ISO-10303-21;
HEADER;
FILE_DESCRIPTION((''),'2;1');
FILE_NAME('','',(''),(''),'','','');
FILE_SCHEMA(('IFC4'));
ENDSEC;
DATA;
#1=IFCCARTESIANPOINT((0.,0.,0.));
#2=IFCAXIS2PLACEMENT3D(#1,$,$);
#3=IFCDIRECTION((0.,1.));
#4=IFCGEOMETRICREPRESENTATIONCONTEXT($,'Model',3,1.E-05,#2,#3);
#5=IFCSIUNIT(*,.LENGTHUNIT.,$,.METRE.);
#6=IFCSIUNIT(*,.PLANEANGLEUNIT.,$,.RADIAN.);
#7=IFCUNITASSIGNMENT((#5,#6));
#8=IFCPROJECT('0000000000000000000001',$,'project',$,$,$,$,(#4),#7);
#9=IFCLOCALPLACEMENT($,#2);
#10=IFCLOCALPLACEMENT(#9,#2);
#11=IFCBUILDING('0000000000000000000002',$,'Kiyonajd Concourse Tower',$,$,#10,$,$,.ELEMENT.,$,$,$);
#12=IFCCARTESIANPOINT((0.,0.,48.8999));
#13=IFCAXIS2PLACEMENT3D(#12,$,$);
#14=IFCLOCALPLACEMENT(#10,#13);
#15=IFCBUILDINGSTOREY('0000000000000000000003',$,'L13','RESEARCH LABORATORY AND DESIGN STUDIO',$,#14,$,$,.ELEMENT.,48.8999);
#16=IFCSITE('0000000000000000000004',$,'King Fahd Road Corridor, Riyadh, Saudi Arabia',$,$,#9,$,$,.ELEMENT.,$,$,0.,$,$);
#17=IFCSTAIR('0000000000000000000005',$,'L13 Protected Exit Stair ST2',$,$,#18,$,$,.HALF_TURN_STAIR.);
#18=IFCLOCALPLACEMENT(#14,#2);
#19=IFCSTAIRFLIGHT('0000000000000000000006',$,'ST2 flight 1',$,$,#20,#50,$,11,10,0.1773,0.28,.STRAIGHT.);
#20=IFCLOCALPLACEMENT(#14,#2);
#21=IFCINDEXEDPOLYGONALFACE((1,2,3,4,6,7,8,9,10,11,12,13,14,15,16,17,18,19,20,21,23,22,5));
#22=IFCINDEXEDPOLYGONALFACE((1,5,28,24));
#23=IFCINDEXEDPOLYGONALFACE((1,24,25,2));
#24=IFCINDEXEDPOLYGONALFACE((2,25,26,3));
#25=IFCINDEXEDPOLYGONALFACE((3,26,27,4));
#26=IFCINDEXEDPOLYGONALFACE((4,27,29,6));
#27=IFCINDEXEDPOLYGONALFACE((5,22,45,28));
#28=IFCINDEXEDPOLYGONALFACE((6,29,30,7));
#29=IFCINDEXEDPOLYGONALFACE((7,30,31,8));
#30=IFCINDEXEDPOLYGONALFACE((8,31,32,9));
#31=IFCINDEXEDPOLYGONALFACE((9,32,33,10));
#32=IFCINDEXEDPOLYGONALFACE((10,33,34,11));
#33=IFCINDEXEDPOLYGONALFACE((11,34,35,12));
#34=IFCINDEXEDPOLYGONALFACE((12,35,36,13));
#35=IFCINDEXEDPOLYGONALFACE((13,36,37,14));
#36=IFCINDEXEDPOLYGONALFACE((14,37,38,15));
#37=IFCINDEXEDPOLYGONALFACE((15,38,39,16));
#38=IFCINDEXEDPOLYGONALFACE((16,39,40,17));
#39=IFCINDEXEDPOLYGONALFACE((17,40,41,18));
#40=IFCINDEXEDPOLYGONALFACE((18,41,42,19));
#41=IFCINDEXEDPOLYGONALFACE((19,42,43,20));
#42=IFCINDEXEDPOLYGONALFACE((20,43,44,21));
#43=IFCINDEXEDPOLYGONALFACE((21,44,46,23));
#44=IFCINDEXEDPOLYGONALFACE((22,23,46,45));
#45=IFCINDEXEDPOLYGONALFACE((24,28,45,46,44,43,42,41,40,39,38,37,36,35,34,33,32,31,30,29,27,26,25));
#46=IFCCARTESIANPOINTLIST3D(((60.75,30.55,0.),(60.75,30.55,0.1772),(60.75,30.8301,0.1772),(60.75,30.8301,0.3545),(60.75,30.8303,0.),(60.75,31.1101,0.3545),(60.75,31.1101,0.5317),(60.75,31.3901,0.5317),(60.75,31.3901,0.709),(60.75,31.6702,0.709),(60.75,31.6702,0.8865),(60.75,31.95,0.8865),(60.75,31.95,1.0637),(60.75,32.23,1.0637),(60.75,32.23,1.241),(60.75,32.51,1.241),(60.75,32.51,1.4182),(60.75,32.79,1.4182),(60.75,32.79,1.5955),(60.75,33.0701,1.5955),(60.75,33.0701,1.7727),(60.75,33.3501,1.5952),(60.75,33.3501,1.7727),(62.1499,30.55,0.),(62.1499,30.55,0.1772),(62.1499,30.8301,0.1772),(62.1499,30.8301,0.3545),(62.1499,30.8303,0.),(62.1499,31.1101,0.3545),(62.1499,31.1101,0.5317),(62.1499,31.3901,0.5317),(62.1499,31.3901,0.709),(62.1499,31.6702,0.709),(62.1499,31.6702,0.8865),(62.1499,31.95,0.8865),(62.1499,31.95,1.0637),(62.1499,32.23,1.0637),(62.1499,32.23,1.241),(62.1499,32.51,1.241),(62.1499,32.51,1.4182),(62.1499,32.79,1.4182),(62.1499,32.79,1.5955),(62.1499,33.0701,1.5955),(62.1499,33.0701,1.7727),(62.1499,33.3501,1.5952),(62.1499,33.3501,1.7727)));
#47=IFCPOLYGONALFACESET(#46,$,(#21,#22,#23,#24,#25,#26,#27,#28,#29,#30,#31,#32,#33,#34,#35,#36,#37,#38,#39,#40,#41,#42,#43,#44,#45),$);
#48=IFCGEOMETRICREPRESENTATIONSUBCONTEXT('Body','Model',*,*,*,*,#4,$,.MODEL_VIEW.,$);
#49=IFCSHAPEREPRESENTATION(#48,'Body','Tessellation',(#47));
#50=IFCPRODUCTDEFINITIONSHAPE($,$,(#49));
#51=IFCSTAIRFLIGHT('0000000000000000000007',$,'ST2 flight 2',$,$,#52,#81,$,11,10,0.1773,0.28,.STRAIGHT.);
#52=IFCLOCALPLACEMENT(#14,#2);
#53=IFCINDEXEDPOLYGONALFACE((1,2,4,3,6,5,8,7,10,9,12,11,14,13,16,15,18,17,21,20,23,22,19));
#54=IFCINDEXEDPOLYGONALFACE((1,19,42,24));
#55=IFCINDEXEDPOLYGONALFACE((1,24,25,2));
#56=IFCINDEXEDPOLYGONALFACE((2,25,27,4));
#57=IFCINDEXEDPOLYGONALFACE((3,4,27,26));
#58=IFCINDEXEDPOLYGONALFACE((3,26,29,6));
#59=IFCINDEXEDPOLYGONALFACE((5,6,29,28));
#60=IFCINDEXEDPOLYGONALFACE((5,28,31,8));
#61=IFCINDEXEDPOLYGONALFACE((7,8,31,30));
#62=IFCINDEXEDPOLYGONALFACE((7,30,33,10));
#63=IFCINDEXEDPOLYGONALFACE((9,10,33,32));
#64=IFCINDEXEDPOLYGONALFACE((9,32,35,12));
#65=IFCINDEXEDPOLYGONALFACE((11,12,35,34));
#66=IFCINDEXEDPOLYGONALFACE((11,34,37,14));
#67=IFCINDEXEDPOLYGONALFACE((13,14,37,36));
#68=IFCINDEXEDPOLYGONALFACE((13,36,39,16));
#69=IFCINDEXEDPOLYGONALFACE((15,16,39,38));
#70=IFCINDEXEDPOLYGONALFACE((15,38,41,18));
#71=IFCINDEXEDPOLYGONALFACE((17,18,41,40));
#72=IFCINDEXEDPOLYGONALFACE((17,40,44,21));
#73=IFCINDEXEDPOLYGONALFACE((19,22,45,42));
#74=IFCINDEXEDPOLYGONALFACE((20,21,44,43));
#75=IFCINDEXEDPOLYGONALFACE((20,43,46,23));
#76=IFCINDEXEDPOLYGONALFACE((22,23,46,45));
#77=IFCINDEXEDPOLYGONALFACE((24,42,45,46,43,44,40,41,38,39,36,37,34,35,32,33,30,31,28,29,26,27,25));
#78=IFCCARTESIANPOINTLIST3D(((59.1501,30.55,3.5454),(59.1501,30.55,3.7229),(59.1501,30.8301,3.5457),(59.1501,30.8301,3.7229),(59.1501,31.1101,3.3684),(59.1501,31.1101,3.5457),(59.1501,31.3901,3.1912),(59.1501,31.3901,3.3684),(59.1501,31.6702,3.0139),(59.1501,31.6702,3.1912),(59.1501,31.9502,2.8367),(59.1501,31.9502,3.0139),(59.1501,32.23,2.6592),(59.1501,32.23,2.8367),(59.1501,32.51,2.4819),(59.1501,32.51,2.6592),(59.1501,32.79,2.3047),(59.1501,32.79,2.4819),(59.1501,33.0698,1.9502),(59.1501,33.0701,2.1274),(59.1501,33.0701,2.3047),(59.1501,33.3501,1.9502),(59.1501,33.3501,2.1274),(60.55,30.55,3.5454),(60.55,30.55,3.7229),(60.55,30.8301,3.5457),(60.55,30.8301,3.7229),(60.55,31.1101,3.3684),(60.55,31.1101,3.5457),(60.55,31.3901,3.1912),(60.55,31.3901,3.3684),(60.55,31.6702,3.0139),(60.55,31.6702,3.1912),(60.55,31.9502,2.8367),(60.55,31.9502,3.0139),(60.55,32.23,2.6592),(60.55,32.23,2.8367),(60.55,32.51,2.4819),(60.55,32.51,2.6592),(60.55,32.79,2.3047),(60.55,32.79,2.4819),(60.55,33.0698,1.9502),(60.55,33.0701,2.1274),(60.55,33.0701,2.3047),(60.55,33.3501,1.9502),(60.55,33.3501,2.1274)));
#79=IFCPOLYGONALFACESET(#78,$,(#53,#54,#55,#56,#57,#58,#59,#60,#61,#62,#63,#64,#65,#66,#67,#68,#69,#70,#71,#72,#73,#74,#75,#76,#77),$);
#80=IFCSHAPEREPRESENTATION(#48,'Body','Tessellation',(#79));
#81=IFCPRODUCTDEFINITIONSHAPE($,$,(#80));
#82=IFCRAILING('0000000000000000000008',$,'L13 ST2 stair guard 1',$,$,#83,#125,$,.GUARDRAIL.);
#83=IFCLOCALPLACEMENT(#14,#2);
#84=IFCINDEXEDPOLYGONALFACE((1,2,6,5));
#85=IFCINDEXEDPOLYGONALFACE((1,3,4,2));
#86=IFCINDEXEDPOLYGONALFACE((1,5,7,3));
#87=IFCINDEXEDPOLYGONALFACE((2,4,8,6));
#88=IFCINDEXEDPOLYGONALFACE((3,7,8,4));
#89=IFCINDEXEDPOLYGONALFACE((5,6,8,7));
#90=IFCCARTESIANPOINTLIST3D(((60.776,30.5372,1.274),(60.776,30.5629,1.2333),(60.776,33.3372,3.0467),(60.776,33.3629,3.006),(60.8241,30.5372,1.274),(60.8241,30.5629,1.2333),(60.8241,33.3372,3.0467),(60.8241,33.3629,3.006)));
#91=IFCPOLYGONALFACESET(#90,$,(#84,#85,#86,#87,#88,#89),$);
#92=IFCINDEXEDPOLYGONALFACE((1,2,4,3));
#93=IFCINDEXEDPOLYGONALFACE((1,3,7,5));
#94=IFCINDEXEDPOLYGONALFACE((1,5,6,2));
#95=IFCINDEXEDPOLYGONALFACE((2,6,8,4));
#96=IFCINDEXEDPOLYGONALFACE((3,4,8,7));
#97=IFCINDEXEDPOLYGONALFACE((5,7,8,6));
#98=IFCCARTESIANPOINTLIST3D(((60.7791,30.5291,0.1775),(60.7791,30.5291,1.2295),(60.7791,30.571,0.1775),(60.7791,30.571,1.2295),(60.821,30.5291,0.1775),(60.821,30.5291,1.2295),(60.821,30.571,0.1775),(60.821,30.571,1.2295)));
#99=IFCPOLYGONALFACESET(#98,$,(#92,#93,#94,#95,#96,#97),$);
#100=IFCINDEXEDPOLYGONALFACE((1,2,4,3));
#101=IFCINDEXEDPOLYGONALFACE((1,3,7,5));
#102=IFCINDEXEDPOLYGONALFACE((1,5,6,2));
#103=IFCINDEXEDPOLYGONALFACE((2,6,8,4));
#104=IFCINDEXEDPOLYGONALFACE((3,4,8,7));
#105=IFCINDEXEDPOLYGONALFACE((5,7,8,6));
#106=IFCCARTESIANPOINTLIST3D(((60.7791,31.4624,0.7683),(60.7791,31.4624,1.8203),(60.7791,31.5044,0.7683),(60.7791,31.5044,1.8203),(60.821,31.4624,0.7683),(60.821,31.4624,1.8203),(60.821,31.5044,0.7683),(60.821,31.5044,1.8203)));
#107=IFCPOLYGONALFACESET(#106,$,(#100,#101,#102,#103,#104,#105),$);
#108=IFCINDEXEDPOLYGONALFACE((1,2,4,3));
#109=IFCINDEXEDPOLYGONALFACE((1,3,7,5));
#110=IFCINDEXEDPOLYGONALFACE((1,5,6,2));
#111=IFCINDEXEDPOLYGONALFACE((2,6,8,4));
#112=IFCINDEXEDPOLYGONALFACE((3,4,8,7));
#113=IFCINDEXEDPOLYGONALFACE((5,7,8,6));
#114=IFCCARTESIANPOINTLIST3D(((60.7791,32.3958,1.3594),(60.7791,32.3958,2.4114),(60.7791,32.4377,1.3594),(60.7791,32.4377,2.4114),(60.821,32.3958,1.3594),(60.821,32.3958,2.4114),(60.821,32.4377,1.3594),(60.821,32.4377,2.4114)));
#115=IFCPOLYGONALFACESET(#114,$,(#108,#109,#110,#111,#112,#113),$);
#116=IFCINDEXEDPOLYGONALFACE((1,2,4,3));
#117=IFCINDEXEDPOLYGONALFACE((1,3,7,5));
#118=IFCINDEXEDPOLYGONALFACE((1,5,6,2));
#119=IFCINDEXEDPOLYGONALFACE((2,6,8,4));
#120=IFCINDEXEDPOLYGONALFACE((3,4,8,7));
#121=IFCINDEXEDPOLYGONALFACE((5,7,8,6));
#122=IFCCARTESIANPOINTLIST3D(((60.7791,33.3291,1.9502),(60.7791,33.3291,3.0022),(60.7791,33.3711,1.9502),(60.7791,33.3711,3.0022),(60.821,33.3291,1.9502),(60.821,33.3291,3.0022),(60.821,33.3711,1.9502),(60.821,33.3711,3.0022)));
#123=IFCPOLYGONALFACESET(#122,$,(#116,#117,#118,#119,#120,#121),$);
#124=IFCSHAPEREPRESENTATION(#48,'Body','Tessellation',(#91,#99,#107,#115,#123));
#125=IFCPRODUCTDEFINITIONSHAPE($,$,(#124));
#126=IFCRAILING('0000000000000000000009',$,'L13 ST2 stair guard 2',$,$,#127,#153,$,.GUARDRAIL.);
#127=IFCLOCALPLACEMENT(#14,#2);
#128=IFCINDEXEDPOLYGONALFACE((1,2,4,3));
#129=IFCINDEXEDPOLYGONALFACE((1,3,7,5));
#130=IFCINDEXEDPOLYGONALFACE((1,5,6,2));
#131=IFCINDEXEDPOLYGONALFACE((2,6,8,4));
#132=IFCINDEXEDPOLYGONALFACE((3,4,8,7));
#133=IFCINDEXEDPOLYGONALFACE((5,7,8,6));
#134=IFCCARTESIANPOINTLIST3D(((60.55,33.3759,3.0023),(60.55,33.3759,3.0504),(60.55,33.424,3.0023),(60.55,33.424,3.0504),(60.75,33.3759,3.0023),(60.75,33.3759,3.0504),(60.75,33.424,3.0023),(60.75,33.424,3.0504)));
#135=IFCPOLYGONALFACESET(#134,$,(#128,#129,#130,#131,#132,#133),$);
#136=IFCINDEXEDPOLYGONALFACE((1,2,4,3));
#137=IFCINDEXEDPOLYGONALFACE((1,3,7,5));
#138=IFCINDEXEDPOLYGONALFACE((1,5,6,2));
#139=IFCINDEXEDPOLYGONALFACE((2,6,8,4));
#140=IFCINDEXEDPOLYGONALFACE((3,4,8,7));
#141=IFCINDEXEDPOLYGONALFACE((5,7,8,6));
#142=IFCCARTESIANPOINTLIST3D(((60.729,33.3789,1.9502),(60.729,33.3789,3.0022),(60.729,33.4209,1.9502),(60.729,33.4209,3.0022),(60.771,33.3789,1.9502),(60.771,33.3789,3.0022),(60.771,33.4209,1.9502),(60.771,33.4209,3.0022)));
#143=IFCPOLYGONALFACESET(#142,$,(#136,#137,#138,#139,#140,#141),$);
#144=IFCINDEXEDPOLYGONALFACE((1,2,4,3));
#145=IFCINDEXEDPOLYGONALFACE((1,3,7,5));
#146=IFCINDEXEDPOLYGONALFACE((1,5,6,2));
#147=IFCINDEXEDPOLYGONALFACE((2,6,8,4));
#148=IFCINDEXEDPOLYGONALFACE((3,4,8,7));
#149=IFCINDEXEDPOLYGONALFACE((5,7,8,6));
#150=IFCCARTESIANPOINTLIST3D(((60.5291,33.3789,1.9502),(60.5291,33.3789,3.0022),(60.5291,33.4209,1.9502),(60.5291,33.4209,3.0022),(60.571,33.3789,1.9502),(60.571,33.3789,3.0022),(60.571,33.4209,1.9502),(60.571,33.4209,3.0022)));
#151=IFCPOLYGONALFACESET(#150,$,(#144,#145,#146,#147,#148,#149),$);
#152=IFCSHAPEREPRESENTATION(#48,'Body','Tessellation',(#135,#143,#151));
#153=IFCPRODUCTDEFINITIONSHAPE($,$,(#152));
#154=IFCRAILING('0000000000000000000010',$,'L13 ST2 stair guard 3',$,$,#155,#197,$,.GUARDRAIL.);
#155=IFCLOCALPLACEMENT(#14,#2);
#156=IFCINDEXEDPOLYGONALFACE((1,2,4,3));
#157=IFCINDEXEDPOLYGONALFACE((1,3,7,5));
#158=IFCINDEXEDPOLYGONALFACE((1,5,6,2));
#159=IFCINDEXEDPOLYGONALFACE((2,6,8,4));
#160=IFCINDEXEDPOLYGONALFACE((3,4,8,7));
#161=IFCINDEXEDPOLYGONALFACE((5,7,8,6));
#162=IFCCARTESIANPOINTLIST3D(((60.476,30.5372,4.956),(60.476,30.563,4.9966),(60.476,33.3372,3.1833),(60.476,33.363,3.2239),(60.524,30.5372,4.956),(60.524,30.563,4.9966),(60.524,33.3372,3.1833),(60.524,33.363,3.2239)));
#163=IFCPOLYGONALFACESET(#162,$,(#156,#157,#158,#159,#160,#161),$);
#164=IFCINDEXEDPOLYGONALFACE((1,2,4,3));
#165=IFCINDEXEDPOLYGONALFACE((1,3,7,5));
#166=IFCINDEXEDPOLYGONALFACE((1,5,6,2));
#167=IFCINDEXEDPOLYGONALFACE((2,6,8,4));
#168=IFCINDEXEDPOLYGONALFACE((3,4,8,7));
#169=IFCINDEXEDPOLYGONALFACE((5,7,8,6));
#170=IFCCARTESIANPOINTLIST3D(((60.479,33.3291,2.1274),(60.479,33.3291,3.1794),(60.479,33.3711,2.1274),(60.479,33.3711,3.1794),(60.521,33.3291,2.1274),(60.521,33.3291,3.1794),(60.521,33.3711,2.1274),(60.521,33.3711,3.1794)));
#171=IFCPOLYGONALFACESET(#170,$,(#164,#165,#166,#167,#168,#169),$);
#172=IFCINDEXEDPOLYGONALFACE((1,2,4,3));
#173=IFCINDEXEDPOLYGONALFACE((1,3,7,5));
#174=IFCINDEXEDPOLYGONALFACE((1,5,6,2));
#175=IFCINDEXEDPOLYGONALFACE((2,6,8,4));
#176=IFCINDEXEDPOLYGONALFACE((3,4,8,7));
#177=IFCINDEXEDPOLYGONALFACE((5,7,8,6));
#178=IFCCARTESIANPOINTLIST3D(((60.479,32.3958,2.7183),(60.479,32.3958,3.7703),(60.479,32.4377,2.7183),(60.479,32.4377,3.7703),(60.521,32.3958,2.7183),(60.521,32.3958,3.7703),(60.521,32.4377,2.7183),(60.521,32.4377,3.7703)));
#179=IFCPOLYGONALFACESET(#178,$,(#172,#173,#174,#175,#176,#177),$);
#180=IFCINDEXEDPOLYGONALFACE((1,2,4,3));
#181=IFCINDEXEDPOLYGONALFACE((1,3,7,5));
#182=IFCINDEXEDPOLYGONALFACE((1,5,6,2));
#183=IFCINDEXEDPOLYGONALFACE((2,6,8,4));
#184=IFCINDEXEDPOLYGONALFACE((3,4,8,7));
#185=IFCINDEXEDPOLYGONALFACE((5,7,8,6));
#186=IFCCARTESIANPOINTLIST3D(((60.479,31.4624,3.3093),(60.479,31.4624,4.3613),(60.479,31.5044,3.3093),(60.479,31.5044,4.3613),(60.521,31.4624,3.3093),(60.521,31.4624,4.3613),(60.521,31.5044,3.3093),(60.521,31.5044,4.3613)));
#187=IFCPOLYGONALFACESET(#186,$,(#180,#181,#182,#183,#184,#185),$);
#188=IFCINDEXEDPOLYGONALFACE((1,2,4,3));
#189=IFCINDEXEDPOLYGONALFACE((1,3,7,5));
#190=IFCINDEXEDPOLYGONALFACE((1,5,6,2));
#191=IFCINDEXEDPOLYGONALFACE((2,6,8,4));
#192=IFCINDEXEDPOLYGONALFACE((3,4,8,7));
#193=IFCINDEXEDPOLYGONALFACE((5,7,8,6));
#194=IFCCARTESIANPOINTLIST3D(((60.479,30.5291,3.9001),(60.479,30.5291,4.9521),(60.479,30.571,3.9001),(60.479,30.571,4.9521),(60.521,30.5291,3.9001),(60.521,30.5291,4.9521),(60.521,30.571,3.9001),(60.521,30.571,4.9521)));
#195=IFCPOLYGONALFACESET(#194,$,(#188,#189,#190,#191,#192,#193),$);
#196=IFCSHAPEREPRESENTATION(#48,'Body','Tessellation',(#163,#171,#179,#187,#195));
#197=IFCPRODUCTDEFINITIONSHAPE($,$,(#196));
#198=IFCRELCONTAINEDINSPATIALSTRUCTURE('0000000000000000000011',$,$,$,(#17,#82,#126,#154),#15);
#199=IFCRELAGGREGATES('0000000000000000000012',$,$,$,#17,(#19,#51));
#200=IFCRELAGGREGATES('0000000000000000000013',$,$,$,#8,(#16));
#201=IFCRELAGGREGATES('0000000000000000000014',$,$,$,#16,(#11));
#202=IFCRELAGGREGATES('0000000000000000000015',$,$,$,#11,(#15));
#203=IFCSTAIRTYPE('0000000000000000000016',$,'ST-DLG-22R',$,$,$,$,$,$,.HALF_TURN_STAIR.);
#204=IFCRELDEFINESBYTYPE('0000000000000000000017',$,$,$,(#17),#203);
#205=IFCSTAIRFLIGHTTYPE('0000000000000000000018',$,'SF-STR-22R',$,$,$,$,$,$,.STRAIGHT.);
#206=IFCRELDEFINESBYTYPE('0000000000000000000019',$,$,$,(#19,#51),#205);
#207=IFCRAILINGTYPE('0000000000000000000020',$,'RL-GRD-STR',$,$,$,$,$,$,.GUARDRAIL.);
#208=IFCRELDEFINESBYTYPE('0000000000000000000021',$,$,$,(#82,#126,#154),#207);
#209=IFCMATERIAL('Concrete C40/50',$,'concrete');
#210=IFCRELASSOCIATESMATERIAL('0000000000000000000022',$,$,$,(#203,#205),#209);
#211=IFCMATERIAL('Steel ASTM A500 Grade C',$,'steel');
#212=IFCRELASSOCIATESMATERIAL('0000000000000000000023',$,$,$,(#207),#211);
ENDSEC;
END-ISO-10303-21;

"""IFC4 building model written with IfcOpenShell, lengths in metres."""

from ifc_helpers import new_model, si_unit, direction, frame, origin, origin_2d, place, context, subcontext, project, spatial, polyline, rectangle, outline, extrude, material, type_object, element, aggregate, save


model = new_model("IFC4")

# Units and contexts
model_context = context("Model", 3, precision=1e-05, world=origin(), true_north=direction((0.0, 1.0)))
body_context = subcontext(model_context, "Body", "Model", "MODEL_VIEW")
ifc_project = project(units=[si_unit("LENGTHUNIT", "METRE"), si_unit("PLANEANGLEUNIT", "RADIAN")], contexts=[model_context])

# Site, building, storey
site_placement = place(None, origin())
site = spatial("IfcSite", under=ifc_project, at=site_placement, Name="King Fahd Road Corridor, Riyadh, Saudi Arabia", CompositionType="ELEMENT", RefElevation=0.0)
building_placement = place(site_placement, origin())
building = spatial("IfcBuilding", under=site, at=building_placement, Name="Kiyonajd Concourse Tower", CompositionType="ELEMENT")
storey_placement = place(building_placement, frame((0.0, 0.0, 48.8999)))
storey = spatial("IfcBuildingStorey", under=building, at=storey_placement, Name="L13", Description="RESEARCH LABORATORY AND DESIGN STUDIO", CompositionType="ELEMENT", Elevation=48.8999)

# Stair, stair flights
ifc_material_1 = material(Name="Concrete C40/50", Category="concrete")
stair_type = type_object("IfcStairType", Name="ST-DLG-22R", PredefinedType="HALF_TURN_STAIR", material=ifc_material_1)
stair_placement = place(storey_placement, origin())
stair = element("IfcStair", 1, at=stair_placement, inside=storey, type_object=stair_type, Name="L13 Protected Exit Stair ST2", PredefinedType="HALF_TURN_STAIR")
stair_flight_type = type_object("IfcStairFlightType", Name="SF-STR-22R", PredefinedType="STRAIGHT", material=ifc_material_1)
stair_flight_1_placement = place(storey_placement, frame((61.45, 30.55, 0.0), z_axis=(0.0, 0.0, 1.0), x_axis=(0.0, 1.0, 0.0)))
stair_flight_1 = element("IfcStairFlight", 2, at=stair_flight_1_placement, type_object=stair_flight_type, Name="ST2 flight 1", NumberOfRisers=11, NumberOfTreads=10, PredefinedType="STRAIGHT", RiserHeight=0.1773, TreadLength=0.28, context=body_context, shape_type="SweptSolid", body=[
    extrude(outline(polyline([(0.0, 0.0), (0.0, 0.1772), (0.28, 0.1772), (0.28, 0.3545), (0.5601, 0.3545), (0.5601, 0.5317), (0.8401, 0.5317), (0.8401, 0.709), (1.1201, 0.709), (1.1201, 0.8865), (1.3999, 0.8865), (1.3999, 1.0637), (1.6799, 1.0637), (1.6799, 1.241), (1.96, 1.241), (1.96, 1.4182), (2.24, 1.4182), (2.24, 1.5955), (2.52, 1.5955), (2.52, 1.7727), (2.8, 1.7727), (2.8, 1.95), (2.8, 1.5952), (0.2803, 0.0), (0.0, 0.0)])), frame((0.0, 0.7, 0.0), z_axis=(0.0, -1.0, 0.0), x_axis=(1.0, 0.0, 0.0)), (0.0, 0.0, 1.0), 1.3999),
])
stair_flight_2_placement = place(storey_placement, frame((59.8501, 33.3501, 1.9502), z_axis=(0.0, 0.0, 1.0), x_axis=(0.0, -1.0, 0.0)))
stair_flight_2 = element("IfcStairFlight", 3, at=stair_flight_2_placement, type_object=stair_flight_type, Name="ST2 flight 2", NumberOfRisers=11, NumberOfTreads=10, PredefinedType="STRAIGHT", RiserHeight=0.1773, TreadLength=0.28, context=body_context, shape_type="SweptSolid", body=[
    extrude(outline(polyline([(0.0, 0.0), (0.0, 0.1772), (0.28, 0.1772), (0.28, 0.3545), (0.5601, 0.3545), (0.5601, 0.5317), (0.8401, 0.5317), (0.8401, 0.709), (1.1201, 0.709), (1.1201, 0.8865), (1.3999, 0.8865), (1.3999, 1.0637), (1.6799, 1.0637), (1.6799, 1.241), (1.96, 1.241), (1.96, 1.4182), (2.24, 1.4182), (2.24, 1.5955), (2.52, 1.5955), (2.52, 1.7727), (2.8, 1.7727), (2.8, 1.95), (2.8, 1.5952), (0.2803, 0.0), (0.0, 0.0)])), frame((0.0, 0.7, 0.0), z_axis=(0.0, -1.0, 0.0), x_axis=(1.0, 0.0, 0.0)), (0.0, 0.0, 1.0), 1.3999),
])
aggregate(stair, [stair_flight_1, stair_flight_2])

# Railings
ifc_material_2 = material(Name="Steel ASTM A500 Grade C", Category="steel")
railing_type_1 = type_object("IfcRailingType", Name="RL-GRD-STR", PredefinedType="GUARDRAIL", material=ifc_material_2)
railing_1_placement = place(storey_placement, frame((60.8, 30.55, 0.1775)))
element("IfcRailing", 4, at=railing_1_placement, inside=storey, type_object=railing_type_1, Name="L13 ST2 stair guard 1", PredefinedType="GUARDRAIL", context=body_context, shape_type="SweptSolid", body=[
    extrude(rectangle(XDim=0.0481, YDim=0.0481, at=origin_2d()), frame((0.0, 0.0, 1.0762), z_axis=(0.0, 0.844909, 0.53491), x_axis=(-1.0, 0.0, 0.0)), (0.0, 0.0, 1.0), 3.314),
    extrude(rectangle(XDim=0.042, YDim=0.042, at=origin_2d()), origin(), (0.0, 0.0, 1.0), 1.052),
    extrude(rectangle(XDim=0.042, YDim=0.042, at=origin_2d()), frame((0.0, 0.9333, 0.5908)), (0.0, 0.0, 1.0), 1.052),
    extrude(rectangle(XDim=0.042, YDim=0.042, at=origin_2d()), frame((0.0, 1.8667, 1.1819)), (0.0, 0.0, 1.0), 1.052),
    extrude(rectangle(XDim=0.042, YDim=0.042, at=origin_2d()), frame((0.0, 2.8, 1.7727)), (0.0, 0.0, 1.0), 1.052),
])
railing_2_placement = place(storey_placement, frame((60.75, 33.3999, 1.9502)))
element("IfcRailing", 5, at=railing_2_placement, inside=storey, type_object=railing_type_1, Name="L13 ST2 stair guard 2", PredefinedType="GUARDRAIL", context=body_context, shape_type="SweptSolid", body=[
    extrude(rectangle(XDim=0.0481, YDim=0.0481, at=origin_2d()), frame((0.0, 0.0, 1.0762), z_axis=(-1.0, 0.0, 0.0), x_axis=(0.0, -1.0, 0.0)), (0.0, 0.0, 1.0), 0.2),
    extrude(rectangle(XDim=0.042, YDim=0.042, at=origin_2d()), origin(), (0.0, 0.0, 1.0), 1.052),
    extrude(rectangle(XDim=0.042, YDim=0.042, at=origin_2d()), frame((-0.2, 0.0, 0.0)), (0.0, 0.0, 1.0), 1.052),
])
railing_3_placement = place(storey_placement, frame((60.5, 33.3501, 2.1274)))
element("IfcRailing", 6, at=railing_3_placement, inside=storey, type_object=railing_type_1, Name="L13 ST2 stair guard 3", PredefinedType="GUARDRAIL", context=body_context, shape_type="SweptSolid", body=[
    extrude(rectangle(XDim=0.0481, YDim=0.0481, at=origin_2d()), frame((0.0, 0.0, 1.0762), z_axis=(0.0, -0.844909, 0.53491), x_axis=(1.0, 0.0, 0.0)), (0.0, 0.0, 1.0), 3.314),
    extrude(rectangle(XDim=0.042, YDim=0.042, at=origin_2d()), origin(), (0.0, 0.0, 1.0), 1.052),
    extrude(rectangle(XDim=0.042, YDim=0.042, at=origin_2d()), frame((0.0, -0.9333, 0.5908)), (0.0, 0.0, 1.0), 1.052),
    extrude(rectangle(XDim=0.042, YDim=0.042, at=origin_2d()), frame((0.0, -1.8667, 1.1819)), (0.0, 0.0, 1.0), 1.052),
    extrude(rectangle(XDim=0.042, YDim=0.042, at=origin_2d()), frame((0.0, -2.8, 1.7727)), (0.0, 0.0, 1.0), 1.052),
])

save(model, "model.ifc")
